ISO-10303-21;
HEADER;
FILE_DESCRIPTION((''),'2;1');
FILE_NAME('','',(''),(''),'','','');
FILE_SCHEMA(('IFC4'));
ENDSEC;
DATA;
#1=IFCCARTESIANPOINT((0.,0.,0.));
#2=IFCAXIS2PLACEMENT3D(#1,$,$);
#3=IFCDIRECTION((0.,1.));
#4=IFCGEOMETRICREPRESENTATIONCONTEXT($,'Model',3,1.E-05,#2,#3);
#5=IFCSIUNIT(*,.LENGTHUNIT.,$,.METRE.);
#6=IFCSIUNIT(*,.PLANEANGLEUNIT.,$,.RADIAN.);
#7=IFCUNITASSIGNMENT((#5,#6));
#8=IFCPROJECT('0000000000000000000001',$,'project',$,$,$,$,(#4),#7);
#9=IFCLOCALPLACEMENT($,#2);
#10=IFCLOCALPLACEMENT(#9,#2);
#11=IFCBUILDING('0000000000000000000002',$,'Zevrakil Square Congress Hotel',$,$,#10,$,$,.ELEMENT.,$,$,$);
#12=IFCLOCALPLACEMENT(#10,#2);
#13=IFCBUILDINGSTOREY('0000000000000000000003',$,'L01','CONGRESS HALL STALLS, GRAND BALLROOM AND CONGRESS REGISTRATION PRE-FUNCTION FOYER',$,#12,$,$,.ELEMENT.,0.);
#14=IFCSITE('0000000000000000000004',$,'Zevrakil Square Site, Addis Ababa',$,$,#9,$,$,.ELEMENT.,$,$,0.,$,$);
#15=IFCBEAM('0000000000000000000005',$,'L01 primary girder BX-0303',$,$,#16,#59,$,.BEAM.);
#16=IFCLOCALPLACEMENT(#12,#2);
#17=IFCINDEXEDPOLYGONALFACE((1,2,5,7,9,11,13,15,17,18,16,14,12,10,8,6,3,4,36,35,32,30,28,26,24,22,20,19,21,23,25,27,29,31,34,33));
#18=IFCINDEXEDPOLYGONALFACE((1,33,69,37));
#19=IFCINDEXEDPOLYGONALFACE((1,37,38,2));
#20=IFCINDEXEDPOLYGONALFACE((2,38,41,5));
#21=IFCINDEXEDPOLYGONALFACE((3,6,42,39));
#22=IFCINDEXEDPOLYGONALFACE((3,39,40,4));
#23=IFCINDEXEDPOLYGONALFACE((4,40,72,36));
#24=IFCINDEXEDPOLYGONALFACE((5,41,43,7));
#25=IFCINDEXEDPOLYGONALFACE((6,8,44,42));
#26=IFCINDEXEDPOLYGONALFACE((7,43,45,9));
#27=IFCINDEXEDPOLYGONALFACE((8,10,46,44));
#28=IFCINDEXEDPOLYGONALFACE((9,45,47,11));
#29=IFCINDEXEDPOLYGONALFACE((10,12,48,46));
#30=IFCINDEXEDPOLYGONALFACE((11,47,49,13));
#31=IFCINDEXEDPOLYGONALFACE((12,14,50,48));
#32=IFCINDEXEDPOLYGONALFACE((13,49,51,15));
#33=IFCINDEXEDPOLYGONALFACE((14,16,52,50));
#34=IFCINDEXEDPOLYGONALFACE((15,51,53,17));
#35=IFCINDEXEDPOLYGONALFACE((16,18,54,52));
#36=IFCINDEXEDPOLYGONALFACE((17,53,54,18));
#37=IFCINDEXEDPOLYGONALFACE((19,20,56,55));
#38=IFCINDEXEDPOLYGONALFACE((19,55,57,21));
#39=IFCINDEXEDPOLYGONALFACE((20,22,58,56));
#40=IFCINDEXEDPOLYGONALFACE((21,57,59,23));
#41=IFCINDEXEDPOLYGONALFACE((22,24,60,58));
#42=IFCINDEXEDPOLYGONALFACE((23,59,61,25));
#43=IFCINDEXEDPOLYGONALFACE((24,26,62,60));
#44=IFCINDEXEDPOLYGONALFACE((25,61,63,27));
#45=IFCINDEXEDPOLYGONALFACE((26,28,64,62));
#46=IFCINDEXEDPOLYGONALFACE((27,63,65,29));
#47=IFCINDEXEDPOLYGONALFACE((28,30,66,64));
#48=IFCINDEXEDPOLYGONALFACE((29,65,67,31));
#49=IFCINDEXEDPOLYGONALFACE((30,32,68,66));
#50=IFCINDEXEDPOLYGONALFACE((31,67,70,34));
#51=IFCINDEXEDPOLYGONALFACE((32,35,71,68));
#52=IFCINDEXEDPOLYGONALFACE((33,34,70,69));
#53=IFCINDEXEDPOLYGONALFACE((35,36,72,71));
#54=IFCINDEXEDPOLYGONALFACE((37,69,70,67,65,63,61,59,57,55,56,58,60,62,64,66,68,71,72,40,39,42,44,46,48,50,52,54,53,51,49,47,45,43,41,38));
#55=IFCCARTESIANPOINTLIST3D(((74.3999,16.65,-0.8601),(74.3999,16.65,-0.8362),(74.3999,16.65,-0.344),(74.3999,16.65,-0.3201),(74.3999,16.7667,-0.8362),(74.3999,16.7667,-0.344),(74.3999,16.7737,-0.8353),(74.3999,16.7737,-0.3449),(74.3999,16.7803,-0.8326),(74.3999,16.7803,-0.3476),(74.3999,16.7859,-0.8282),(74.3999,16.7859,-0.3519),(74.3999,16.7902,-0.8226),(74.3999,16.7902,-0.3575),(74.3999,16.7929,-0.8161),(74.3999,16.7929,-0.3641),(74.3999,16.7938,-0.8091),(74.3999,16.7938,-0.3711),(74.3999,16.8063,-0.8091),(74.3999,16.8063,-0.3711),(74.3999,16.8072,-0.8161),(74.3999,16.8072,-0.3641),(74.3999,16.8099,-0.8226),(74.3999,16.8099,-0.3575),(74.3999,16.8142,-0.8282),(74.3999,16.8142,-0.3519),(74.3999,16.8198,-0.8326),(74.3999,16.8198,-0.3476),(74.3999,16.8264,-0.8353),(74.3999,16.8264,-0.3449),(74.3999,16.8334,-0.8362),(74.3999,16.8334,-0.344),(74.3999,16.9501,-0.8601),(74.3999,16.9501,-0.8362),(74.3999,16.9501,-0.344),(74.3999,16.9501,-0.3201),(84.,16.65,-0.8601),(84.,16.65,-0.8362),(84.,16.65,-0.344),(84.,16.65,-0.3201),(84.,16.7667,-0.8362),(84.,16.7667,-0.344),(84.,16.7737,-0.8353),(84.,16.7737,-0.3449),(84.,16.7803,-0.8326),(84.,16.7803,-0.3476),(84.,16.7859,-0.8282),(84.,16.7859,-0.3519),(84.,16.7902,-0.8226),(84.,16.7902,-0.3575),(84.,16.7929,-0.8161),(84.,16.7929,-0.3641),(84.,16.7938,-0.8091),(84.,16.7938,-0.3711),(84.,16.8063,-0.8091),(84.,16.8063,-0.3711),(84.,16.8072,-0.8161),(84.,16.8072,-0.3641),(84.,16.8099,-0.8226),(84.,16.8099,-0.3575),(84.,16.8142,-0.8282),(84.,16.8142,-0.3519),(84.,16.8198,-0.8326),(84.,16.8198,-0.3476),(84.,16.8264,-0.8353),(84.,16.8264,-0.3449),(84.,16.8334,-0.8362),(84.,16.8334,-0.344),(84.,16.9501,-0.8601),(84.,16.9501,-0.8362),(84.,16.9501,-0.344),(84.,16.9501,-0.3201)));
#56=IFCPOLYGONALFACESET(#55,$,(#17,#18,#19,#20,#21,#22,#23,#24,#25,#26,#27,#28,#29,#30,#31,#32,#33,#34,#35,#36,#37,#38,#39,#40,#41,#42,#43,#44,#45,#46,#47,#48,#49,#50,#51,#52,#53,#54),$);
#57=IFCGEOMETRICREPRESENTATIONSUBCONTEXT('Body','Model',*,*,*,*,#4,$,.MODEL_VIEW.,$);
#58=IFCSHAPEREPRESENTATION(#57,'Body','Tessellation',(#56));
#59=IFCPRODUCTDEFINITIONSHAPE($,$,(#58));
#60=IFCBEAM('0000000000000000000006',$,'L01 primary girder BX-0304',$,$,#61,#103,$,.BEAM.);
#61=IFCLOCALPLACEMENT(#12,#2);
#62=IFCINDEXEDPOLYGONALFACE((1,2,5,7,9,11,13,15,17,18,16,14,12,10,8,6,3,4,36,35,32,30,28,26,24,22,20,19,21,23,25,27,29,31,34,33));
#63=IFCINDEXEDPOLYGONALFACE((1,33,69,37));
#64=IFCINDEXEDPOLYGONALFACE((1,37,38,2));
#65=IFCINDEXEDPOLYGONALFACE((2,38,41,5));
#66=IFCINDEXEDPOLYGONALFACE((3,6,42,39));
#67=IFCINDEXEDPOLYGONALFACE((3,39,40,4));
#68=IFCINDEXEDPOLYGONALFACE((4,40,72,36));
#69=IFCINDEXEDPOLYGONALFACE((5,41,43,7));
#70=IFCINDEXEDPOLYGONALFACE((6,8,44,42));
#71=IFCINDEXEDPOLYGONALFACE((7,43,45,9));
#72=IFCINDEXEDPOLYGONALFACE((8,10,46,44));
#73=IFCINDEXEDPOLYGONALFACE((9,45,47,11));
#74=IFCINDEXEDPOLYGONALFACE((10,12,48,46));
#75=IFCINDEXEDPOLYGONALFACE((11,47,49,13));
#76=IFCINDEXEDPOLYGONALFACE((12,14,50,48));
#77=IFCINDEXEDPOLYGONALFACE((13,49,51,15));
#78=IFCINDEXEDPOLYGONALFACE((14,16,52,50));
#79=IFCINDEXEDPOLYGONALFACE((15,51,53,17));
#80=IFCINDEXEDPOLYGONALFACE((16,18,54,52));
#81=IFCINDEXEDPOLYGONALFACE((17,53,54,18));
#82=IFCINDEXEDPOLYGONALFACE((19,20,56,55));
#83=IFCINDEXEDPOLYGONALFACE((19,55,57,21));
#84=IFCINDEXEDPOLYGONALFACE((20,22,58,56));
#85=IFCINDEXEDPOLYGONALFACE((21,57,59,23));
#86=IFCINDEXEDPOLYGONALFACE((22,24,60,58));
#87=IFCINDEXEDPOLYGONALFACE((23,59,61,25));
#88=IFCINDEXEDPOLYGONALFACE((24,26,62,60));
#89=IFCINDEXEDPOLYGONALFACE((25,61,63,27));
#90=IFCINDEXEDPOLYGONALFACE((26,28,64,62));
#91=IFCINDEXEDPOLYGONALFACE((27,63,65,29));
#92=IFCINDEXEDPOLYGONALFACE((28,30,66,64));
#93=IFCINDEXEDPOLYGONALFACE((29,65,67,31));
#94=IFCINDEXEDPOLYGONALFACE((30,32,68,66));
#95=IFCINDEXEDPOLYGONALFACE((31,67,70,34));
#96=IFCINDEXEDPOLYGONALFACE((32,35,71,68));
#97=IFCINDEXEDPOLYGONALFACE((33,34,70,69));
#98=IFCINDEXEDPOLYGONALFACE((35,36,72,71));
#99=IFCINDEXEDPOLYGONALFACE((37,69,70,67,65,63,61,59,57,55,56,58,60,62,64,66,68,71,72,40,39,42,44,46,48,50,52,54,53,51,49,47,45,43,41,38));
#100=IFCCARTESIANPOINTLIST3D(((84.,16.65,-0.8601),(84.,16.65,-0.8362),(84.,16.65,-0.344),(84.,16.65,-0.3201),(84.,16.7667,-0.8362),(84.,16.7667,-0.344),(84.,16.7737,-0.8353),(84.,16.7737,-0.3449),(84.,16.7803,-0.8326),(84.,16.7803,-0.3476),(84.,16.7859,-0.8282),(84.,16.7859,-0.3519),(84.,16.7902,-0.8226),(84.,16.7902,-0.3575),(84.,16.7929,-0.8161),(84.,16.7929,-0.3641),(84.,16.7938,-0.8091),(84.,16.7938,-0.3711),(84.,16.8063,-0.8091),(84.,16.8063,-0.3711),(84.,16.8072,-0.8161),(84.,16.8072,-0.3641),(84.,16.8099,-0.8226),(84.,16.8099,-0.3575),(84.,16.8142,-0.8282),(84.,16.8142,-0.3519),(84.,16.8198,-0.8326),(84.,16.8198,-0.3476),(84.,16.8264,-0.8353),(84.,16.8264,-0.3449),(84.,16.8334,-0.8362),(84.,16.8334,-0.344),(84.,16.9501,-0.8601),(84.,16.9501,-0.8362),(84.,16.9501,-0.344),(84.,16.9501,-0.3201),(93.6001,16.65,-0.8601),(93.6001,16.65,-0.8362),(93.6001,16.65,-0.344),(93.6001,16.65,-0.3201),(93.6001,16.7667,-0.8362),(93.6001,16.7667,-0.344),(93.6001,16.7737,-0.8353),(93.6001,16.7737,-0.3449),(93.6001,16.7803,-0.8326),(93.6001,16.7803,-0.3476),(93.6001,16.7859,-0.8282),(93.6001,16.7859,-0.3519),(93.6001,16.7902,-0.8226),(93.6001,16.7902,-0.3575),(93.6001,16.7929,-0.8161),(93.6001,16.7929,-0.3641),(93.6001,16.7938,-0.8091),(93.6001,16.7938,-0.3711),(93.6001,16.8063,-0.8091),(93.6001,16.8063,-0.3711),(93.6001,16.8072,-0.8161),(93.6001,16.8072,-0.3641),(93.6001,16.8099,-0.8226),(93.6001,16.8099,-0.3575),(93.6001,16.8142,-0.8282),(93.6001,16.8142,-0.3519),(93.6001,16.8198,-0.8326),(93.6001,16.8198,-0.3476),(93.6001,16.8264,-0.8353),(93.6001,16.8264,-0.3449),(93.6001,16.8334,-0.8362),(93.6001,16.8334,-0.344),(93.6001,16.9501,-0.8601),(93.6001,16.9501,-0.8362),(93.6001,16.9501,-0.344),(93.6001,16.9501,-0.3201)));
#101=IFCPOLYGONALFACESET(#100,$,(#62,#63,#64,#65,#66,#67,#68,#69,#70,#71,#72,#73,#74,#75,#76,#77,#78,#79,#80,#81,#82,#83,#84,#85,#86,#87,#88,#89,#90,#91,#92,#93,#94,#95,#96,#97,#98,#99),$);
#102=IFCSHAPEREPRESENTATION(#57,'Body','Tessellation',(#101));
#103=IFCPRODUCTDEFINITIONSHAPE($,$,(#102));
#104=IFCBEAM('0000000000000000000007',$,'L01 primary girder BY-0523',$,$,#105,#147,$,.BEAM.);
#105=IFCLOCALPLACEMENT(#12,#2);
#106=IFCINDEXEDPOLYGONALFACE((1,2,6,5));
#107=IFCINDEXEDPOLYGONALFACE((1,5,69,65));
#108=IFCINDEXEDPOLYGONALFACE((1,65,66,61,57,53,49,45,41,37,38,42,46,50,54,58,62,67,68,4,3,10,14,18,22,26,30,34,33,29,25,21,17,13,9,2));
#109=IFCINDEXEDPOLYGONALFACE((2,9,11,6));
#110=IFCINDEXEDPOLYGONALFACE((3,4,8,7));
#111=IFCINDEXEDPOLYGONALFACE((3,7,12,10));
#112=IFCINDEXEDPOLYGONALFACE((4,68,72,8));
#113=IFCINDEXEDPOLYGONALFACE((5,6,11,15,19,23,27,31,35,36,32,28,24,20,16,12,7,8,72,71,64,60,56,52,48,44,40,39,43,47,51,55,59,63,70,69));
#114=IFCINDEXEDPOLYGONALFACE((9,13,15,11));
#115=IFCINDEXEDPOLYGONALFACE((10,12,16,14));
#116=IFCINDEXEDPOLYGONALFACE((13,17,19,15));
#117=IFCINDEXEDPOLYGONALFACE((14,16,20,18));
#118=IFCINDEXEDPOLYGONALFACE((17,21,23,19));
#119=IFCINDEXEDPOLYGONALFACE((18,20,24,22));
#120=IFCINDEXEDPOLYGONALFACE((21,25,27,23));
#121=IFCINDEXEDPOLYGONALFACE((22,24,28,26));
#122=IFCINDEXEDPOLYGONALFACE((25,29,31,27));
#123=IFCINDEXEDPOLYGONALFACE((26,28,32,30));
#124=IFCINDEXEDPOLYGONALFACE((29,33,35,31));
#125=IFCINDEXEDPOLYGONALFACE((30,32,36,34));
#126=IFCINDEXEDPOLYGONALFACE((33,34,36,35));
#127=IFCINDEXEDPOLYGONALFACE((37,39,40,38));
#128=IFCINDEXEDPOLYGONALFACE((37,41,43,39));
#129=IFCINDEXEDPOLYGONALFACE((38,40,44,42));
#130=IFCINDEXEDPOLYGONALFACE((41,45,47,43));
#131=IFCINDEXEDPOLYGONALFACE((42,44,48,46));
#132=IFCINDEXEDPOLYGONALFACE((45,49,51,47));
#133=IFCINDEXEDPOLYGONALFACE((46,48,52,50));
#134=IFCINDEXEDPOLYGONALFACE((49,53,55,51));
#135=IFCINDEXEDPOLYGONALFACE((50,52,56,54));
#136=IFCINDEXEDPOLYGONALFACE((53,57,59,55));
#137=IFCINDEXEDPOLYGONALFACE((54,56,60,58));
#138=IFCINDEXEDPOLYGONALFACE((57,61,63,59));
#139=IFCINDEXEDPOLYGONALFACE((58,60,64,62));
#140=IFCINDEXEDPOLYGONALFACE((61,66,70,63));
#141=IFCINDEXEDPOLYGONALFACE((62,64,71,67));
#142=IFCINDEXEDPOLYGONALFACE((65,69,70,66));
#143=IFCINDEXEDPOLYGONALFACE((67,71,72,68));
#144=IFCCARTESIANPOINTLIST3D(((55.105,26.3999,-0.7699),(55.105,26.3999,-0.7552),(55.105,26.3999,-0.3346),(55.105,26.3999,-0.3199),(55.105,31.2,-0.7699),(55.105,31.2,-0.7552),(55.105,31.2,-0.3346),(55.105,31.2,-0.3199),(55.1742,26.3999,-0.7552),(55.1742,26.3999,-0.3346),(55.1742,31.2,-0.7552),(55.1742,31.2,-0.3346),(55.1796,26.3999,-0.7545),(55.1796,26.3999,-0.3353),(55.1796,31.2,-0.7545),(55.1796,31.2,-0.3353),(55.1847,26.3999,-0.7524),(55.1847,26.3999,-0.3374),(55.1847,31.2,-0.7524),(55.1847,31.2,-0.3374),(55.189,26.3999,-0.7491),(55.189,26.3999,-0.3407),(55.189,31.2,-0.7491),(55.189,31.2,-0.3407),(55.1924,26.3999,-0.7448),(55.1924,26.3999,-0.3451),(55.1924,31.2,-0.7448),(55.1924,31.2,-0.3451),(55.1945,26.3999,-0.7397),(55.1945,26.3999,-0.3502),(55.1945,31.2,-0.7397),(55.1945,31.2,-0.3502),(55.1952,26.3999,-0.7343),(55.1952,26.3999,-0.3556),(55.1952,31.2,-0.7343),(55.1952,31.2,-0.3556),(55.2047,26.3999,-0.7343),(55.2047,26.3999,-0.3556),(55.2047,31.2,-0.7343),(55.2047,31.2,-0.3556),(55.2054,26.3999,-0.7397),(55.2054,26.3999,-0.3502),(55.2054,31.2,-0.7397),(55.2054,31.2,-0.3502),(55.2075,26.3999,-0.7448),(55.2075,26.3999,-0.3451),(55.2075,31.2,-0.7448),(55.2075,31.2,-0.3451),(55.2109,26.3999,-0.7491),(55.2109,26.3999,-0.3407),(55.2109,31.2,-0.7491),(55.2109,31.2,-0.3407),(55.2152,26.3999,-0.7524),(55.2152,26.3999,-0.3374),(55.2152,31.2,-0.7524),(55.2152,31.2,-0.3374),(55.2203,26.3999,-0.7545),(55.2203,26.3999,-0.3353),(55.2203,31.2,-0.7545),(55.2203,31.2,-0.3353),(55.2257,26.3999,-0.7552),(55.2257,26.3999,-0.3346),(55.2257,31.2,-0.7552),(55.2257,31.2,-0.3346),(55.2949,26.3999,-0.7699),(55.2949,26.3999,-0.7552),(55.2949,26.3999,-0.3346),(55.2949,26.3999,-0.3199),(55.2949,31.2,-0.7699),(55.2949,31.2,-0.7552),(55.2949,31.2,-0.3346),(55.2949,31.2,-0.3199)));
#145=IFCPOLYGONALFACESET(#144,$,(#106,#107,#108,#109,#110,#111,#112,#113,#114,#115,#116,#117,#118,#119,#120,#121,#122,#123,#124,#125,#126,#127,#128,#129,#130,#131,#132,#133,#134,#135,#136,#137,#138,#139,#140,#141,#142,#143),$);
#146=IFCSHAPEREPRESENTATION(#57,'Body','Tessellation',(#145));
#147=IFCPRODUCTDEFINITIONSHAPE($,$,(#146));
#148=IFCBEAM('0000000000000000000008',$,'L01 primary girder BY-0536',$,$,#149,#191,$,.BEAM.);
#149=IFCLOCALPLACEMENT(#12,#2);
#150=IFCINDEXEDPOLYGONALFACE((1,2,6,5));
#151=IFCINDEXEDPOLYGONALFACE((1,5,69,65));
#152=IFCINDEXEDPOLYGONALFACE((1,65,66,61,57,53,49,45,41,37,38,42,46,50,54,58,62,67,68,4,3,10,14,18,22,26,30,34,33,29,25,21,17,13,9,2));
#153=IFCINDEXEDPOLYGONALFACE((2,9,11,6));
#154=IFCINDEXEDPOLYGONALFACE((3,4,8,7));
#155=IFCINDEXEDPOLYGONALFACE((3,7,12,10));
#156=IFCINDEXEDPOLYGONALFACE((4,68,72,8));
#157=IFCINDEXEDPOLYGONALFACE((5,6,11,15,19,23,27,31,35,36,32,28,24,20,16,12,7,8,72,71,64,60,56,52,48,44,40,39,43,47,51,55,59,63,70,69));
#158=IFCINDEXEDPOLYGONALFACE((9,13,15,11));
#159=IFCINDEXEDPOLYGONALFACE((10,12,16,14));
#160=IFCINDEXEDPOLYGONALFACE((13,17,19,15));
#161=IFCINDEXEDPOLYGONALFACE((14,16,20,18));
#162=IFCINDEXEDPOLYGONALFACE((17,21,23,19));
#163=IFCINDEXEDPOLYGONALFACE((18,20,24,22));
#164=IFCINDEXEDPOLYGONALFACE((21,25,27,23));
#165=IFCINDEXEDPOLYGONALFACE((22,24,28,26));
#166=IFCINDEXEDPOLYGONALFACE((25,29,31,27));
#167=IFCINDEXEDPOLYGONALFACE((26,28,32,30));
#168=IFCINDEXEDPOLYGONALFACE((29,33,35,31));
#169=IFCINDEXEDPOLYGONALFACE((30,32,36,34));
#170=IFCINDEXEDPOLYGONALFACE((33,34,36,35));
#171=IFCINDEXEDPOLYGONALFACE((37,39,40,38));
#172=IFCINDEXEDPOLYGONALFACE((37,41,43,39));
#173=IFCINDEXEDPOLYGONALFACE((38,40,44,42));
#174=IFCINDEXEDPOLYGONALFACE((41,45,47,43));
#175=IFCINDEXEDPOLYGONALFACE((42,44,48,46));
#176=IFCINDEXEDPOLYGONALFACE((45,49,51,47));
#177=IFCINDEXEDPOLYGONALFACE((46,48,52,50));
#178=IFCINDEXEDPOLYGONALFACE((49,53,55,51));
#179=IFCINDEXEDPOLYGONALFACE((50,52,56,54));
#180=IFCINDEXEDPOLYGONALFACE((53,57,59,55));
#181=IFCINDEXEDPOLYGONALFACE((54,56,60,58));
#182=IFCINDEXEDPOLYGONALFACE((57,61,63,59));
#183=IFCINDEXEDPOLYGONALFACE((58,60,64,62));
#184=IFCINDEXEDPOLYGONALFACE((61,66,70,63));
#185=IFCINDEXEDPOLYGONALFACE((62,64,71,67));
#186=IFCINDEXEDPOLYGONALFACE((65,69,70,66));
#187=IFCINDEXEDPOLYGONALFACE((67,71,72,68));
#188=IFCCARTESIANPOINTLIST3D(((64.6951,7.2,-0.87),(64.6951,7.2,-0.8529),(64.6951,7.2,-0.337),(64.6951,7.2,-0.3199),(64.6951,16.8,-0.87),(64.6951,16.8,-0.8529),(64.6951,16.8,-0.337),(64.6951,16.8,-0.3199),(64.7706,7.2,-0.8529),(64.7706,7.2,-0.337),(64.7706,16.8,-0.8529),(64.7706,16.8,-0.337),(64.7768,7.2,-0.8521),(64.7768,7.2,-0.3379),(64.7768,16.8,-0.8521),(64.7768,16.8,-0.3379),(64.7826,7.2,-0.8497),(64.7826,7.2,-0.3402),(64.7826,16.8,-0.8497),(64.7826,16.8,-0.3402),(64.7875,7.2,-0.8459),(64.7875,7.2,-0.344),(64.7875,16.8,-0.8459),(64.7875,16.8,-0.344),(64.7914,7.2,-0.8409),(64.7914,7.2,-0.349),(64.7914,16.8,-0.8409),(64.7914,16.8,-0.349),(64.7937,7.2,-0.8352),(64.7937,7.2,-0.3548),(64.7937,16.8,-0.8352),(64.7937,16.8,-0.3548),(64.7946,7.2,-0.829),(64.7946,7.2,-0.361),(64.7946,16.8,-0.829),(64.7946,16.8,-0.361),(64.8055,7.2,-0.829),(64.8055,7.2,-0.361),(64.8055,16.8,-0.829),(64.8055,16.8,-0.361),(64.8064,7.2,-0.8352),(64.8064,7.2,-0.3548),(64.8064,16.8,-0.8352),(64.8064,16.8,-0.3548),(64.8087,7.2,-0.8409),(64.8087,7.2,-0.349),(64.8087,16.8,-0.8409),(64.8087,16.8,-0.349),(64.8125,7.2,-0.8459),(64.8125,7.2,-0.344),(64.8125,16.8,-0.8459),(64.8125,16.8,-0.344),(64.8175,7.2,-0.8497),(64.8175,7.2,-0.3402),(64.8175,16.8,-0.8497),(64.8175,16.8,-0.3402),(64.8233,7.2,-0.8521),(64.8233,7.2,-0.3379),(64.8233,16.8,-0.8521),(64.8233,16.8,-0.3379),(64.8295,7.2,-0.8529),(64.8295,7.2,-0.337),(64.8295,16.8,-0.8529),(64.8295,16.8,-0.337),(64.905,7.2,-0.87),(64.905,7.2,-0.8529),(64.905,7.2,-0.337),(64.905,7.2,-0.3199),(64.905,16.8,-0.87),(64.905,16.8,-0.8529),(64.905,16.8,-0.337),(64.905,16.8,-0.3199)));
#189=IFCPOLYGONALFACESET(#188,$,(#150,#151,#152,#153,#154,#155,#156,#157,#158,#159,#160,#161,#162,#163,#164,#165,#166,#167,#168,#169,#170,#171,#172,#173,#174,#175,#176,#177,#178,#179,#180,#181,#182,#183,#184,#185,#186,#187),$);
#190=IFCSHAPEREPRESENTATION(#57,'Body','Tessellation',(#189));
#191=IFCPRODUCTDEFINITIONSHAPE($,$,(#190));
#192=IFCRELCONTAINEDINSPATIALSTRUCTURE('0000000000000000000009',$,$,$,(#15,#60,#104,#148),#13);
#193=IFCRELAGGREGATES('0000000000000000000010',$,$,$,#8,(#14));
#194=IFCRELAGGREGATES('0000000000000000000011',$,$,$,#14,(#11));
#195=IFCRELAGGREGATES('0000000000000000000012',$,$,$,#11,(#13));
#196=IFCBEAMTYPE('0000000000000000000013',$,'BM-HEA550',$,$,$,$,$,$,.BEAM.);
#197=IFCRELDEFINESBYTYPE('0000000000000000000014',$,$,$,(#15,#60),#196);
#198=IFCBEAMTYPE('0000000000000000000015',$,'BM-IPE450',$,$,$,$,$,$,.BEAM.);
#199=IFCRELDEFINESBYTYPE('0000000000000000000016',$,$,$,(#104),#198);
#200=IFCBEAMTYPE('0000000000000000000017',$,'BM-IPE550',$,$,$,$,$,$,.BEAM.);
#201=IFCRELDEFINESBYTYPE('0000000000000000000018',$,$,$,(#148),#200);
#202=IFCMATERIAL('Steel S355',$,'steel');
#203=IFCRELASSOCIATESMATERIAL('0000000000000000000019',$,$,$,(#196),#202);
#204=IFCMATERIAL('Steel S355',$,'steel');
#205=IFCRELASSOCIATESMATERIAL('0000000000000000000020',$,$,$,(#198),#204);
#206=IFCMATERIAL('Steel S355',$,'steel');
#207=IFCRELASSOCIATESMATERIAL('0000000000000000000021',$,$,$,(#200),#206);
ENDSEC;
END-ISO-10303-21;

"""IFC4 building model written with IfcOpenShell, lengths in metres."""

from ifc_helpers import new_model, si_unit, direction, frame, origin, origin_2d, place, context, subcontext, project, spatial, i_section, extrude, material, material_profile, profile_set, type_object, element, save


model = new_model("IFC4")

# Units and contexts
model_context = context("Model", 3, precision=1e-05, world=origin(), true_north=direction((0.0, 1.0)))
body_context = subcontext(model_context, "Body", "Model", "MODEL_VIEW")
ifc_project = project(units=[si_unit("LENGTHUNIT", "METRE"), si_unit("PLANEANGLEUNIT", "RADIAN")], contexts=[model_context])

# Site, building, storey
site_placement = place(None, origin())
site = spatial("IfcSite", under=ifc_project, at=site_placement, Name="Zevrakil Square Site, Addis Ababa", CompositionType="ELEMENT", RefElevation=0.0)
building_placement = place(site_placement, origin())
building = spatial("IfcBuilding", under=site, at=building_placement, Name="Zevrakil Square Congress Hotel", CompositionType="ELEMENT")
storey_placement = place(building_placement, origin())
storey = spatial("IfcBuildingStorey", under=building, at=storey_placement, Name="L01", Description="CONGRESS HALL STALLS, GRAND BALLROOM AND CONGRESS REGISTRATION PRE-FUNCTION FOYER", CompositionType="ELEMENT", Elevation=0.0)

# Beams
ifc_material_1 = material(Name="Steel S355", Category="steel")
ifc_material_profile_1 = material_profile(ifc_material_1, i_section(OverallWidth=0.3, OverallDepth=0.54, WebThickness=0.0125, FlangeThickness=0.0239, FilletRadius=0.0271, at=origin_2d()), Name="HEA 550")
ifc_profile_set_1 = profile_set([ifc_material_profile_1], Name="Steel S355")
beam_type_1 = type_object("IfcBeamType", Name="BM-HEA550", PredefinedType="BEAM", material=ifc_profile_set_1)
for number, where, z_axis, x_axis, name in (
    (1, (74.3999, 16.8, -0.5901), (1.0, 0.0, 0.0), (0.0, 1.0, 0.0), "L01 primary girder BX-0303"),
    (2, (84.0, 16.8, -0.5901), (1.0, 0.0, 0.0), (0.0, 1.0, 0.0), "L01 primary girder BX-0304"),
):
    element("IfcBeam", number, at=place(storey_placement, frame(where, z_axis=z_axis, x_axis=x_axis)), inside=storey, type_object=beam_type_1, Name=name, PredefinedType="BEAM", context=body_context, shape_type="SweptSolid", body=[
        extrude(i_section(OverallWidth=0.3, OverallDepth=0.54, WebThickness=0.0125, FlangeThickness=0.0239, FilletRadius=0.0271, at=origin_2d()), origin(), (0.0, 0.0, 1.0), 9.6001),
    ])
ifc_material_2 = material(Name="Steel S355", Category="steel")
ifc_material_profile_2 = material_profile(ifc_material_2, i_section(OverallWidth=0.1899, OverallDepth=0.45, WebThickness=0.0095, FlangeThickness=0.0146, FilletRadius=0.021, at=origin_2d()), Name="IPE 450")
ifc_profile_set_2 = profile_set([ifc_material_profile_2], Name="Steel S355")
beam_type_2 = type_object("IfcBeamType", Name="BM-IPE450", PredefinedType="BEAM", material=ifc_profile_set_2)
beam_1_placement = place(storey_placement, frame((55.2, 26.3999, -0.5449), z_axis=(0.0, 1.0, 0.0), x_axis=(-1.0, 0.0, 0.0)))
element("IfcBeam", 3, at=beam_1_placement, inside=storey, type_object=beam_type_2, Name="L01 primary girder BY-0523", PredefinedType="BEAM", context=body_context, shape_type="SweptSolid", body=[
    extrude(i_section(OverallWidth=0.1899, OverallDepth=0.45, WebThickness=0.0095, FlangeThickness=0.0146, FilletRadius=0.021, at=origin_2d()), origin(), (0.0, 0.0, 1.0), 4.8),
])
ifc_material_3 = material(Name="Steel S355", Category="steel")
ifc_material_profile_3 = material_profile(ifc_material_3, i_section(OverallWidth=0.21, OverallDepth=0.55, WebThickness=0.011, FlangeThickness=0.0171, FilletRadius=0.0239, at=origin_2d()), Name="IPE 550")
ifc_profile_set_3 = profile_set([ifc_material_profile_3], Name="Steel S355")
beam_type_3 = type_object("IfcBeamType", Name="BM-IPE550", PredefinedType="BEAM", material=ifc_profile_set_3)
beam_2_placement = place(storey_placement, frame((64.8, 7.2, -0.595), z_axis=(0.0, 1.0, 0.0), x_axis=(-1.0, 0.0, 0.0)))
element("IfcBeam", 4, at=beam_2_placement, inside=storey, type_object=beam_type_3, Name="L01 primary girder BY-0536", PredefinedType="BEAM", context=body_context, shape_type="SweptSolid", body=[
    extrude(i_section(OverallWidth=0.21, OverallDepth=0.55, WebThickness=0.011, FlangeThickness=0.0171, FilletRadius=0.0239, at=origin_2d()), origin(), (0.0, 0.0, 1.0), 9.6001),
])

save(model, "model.ifc")
